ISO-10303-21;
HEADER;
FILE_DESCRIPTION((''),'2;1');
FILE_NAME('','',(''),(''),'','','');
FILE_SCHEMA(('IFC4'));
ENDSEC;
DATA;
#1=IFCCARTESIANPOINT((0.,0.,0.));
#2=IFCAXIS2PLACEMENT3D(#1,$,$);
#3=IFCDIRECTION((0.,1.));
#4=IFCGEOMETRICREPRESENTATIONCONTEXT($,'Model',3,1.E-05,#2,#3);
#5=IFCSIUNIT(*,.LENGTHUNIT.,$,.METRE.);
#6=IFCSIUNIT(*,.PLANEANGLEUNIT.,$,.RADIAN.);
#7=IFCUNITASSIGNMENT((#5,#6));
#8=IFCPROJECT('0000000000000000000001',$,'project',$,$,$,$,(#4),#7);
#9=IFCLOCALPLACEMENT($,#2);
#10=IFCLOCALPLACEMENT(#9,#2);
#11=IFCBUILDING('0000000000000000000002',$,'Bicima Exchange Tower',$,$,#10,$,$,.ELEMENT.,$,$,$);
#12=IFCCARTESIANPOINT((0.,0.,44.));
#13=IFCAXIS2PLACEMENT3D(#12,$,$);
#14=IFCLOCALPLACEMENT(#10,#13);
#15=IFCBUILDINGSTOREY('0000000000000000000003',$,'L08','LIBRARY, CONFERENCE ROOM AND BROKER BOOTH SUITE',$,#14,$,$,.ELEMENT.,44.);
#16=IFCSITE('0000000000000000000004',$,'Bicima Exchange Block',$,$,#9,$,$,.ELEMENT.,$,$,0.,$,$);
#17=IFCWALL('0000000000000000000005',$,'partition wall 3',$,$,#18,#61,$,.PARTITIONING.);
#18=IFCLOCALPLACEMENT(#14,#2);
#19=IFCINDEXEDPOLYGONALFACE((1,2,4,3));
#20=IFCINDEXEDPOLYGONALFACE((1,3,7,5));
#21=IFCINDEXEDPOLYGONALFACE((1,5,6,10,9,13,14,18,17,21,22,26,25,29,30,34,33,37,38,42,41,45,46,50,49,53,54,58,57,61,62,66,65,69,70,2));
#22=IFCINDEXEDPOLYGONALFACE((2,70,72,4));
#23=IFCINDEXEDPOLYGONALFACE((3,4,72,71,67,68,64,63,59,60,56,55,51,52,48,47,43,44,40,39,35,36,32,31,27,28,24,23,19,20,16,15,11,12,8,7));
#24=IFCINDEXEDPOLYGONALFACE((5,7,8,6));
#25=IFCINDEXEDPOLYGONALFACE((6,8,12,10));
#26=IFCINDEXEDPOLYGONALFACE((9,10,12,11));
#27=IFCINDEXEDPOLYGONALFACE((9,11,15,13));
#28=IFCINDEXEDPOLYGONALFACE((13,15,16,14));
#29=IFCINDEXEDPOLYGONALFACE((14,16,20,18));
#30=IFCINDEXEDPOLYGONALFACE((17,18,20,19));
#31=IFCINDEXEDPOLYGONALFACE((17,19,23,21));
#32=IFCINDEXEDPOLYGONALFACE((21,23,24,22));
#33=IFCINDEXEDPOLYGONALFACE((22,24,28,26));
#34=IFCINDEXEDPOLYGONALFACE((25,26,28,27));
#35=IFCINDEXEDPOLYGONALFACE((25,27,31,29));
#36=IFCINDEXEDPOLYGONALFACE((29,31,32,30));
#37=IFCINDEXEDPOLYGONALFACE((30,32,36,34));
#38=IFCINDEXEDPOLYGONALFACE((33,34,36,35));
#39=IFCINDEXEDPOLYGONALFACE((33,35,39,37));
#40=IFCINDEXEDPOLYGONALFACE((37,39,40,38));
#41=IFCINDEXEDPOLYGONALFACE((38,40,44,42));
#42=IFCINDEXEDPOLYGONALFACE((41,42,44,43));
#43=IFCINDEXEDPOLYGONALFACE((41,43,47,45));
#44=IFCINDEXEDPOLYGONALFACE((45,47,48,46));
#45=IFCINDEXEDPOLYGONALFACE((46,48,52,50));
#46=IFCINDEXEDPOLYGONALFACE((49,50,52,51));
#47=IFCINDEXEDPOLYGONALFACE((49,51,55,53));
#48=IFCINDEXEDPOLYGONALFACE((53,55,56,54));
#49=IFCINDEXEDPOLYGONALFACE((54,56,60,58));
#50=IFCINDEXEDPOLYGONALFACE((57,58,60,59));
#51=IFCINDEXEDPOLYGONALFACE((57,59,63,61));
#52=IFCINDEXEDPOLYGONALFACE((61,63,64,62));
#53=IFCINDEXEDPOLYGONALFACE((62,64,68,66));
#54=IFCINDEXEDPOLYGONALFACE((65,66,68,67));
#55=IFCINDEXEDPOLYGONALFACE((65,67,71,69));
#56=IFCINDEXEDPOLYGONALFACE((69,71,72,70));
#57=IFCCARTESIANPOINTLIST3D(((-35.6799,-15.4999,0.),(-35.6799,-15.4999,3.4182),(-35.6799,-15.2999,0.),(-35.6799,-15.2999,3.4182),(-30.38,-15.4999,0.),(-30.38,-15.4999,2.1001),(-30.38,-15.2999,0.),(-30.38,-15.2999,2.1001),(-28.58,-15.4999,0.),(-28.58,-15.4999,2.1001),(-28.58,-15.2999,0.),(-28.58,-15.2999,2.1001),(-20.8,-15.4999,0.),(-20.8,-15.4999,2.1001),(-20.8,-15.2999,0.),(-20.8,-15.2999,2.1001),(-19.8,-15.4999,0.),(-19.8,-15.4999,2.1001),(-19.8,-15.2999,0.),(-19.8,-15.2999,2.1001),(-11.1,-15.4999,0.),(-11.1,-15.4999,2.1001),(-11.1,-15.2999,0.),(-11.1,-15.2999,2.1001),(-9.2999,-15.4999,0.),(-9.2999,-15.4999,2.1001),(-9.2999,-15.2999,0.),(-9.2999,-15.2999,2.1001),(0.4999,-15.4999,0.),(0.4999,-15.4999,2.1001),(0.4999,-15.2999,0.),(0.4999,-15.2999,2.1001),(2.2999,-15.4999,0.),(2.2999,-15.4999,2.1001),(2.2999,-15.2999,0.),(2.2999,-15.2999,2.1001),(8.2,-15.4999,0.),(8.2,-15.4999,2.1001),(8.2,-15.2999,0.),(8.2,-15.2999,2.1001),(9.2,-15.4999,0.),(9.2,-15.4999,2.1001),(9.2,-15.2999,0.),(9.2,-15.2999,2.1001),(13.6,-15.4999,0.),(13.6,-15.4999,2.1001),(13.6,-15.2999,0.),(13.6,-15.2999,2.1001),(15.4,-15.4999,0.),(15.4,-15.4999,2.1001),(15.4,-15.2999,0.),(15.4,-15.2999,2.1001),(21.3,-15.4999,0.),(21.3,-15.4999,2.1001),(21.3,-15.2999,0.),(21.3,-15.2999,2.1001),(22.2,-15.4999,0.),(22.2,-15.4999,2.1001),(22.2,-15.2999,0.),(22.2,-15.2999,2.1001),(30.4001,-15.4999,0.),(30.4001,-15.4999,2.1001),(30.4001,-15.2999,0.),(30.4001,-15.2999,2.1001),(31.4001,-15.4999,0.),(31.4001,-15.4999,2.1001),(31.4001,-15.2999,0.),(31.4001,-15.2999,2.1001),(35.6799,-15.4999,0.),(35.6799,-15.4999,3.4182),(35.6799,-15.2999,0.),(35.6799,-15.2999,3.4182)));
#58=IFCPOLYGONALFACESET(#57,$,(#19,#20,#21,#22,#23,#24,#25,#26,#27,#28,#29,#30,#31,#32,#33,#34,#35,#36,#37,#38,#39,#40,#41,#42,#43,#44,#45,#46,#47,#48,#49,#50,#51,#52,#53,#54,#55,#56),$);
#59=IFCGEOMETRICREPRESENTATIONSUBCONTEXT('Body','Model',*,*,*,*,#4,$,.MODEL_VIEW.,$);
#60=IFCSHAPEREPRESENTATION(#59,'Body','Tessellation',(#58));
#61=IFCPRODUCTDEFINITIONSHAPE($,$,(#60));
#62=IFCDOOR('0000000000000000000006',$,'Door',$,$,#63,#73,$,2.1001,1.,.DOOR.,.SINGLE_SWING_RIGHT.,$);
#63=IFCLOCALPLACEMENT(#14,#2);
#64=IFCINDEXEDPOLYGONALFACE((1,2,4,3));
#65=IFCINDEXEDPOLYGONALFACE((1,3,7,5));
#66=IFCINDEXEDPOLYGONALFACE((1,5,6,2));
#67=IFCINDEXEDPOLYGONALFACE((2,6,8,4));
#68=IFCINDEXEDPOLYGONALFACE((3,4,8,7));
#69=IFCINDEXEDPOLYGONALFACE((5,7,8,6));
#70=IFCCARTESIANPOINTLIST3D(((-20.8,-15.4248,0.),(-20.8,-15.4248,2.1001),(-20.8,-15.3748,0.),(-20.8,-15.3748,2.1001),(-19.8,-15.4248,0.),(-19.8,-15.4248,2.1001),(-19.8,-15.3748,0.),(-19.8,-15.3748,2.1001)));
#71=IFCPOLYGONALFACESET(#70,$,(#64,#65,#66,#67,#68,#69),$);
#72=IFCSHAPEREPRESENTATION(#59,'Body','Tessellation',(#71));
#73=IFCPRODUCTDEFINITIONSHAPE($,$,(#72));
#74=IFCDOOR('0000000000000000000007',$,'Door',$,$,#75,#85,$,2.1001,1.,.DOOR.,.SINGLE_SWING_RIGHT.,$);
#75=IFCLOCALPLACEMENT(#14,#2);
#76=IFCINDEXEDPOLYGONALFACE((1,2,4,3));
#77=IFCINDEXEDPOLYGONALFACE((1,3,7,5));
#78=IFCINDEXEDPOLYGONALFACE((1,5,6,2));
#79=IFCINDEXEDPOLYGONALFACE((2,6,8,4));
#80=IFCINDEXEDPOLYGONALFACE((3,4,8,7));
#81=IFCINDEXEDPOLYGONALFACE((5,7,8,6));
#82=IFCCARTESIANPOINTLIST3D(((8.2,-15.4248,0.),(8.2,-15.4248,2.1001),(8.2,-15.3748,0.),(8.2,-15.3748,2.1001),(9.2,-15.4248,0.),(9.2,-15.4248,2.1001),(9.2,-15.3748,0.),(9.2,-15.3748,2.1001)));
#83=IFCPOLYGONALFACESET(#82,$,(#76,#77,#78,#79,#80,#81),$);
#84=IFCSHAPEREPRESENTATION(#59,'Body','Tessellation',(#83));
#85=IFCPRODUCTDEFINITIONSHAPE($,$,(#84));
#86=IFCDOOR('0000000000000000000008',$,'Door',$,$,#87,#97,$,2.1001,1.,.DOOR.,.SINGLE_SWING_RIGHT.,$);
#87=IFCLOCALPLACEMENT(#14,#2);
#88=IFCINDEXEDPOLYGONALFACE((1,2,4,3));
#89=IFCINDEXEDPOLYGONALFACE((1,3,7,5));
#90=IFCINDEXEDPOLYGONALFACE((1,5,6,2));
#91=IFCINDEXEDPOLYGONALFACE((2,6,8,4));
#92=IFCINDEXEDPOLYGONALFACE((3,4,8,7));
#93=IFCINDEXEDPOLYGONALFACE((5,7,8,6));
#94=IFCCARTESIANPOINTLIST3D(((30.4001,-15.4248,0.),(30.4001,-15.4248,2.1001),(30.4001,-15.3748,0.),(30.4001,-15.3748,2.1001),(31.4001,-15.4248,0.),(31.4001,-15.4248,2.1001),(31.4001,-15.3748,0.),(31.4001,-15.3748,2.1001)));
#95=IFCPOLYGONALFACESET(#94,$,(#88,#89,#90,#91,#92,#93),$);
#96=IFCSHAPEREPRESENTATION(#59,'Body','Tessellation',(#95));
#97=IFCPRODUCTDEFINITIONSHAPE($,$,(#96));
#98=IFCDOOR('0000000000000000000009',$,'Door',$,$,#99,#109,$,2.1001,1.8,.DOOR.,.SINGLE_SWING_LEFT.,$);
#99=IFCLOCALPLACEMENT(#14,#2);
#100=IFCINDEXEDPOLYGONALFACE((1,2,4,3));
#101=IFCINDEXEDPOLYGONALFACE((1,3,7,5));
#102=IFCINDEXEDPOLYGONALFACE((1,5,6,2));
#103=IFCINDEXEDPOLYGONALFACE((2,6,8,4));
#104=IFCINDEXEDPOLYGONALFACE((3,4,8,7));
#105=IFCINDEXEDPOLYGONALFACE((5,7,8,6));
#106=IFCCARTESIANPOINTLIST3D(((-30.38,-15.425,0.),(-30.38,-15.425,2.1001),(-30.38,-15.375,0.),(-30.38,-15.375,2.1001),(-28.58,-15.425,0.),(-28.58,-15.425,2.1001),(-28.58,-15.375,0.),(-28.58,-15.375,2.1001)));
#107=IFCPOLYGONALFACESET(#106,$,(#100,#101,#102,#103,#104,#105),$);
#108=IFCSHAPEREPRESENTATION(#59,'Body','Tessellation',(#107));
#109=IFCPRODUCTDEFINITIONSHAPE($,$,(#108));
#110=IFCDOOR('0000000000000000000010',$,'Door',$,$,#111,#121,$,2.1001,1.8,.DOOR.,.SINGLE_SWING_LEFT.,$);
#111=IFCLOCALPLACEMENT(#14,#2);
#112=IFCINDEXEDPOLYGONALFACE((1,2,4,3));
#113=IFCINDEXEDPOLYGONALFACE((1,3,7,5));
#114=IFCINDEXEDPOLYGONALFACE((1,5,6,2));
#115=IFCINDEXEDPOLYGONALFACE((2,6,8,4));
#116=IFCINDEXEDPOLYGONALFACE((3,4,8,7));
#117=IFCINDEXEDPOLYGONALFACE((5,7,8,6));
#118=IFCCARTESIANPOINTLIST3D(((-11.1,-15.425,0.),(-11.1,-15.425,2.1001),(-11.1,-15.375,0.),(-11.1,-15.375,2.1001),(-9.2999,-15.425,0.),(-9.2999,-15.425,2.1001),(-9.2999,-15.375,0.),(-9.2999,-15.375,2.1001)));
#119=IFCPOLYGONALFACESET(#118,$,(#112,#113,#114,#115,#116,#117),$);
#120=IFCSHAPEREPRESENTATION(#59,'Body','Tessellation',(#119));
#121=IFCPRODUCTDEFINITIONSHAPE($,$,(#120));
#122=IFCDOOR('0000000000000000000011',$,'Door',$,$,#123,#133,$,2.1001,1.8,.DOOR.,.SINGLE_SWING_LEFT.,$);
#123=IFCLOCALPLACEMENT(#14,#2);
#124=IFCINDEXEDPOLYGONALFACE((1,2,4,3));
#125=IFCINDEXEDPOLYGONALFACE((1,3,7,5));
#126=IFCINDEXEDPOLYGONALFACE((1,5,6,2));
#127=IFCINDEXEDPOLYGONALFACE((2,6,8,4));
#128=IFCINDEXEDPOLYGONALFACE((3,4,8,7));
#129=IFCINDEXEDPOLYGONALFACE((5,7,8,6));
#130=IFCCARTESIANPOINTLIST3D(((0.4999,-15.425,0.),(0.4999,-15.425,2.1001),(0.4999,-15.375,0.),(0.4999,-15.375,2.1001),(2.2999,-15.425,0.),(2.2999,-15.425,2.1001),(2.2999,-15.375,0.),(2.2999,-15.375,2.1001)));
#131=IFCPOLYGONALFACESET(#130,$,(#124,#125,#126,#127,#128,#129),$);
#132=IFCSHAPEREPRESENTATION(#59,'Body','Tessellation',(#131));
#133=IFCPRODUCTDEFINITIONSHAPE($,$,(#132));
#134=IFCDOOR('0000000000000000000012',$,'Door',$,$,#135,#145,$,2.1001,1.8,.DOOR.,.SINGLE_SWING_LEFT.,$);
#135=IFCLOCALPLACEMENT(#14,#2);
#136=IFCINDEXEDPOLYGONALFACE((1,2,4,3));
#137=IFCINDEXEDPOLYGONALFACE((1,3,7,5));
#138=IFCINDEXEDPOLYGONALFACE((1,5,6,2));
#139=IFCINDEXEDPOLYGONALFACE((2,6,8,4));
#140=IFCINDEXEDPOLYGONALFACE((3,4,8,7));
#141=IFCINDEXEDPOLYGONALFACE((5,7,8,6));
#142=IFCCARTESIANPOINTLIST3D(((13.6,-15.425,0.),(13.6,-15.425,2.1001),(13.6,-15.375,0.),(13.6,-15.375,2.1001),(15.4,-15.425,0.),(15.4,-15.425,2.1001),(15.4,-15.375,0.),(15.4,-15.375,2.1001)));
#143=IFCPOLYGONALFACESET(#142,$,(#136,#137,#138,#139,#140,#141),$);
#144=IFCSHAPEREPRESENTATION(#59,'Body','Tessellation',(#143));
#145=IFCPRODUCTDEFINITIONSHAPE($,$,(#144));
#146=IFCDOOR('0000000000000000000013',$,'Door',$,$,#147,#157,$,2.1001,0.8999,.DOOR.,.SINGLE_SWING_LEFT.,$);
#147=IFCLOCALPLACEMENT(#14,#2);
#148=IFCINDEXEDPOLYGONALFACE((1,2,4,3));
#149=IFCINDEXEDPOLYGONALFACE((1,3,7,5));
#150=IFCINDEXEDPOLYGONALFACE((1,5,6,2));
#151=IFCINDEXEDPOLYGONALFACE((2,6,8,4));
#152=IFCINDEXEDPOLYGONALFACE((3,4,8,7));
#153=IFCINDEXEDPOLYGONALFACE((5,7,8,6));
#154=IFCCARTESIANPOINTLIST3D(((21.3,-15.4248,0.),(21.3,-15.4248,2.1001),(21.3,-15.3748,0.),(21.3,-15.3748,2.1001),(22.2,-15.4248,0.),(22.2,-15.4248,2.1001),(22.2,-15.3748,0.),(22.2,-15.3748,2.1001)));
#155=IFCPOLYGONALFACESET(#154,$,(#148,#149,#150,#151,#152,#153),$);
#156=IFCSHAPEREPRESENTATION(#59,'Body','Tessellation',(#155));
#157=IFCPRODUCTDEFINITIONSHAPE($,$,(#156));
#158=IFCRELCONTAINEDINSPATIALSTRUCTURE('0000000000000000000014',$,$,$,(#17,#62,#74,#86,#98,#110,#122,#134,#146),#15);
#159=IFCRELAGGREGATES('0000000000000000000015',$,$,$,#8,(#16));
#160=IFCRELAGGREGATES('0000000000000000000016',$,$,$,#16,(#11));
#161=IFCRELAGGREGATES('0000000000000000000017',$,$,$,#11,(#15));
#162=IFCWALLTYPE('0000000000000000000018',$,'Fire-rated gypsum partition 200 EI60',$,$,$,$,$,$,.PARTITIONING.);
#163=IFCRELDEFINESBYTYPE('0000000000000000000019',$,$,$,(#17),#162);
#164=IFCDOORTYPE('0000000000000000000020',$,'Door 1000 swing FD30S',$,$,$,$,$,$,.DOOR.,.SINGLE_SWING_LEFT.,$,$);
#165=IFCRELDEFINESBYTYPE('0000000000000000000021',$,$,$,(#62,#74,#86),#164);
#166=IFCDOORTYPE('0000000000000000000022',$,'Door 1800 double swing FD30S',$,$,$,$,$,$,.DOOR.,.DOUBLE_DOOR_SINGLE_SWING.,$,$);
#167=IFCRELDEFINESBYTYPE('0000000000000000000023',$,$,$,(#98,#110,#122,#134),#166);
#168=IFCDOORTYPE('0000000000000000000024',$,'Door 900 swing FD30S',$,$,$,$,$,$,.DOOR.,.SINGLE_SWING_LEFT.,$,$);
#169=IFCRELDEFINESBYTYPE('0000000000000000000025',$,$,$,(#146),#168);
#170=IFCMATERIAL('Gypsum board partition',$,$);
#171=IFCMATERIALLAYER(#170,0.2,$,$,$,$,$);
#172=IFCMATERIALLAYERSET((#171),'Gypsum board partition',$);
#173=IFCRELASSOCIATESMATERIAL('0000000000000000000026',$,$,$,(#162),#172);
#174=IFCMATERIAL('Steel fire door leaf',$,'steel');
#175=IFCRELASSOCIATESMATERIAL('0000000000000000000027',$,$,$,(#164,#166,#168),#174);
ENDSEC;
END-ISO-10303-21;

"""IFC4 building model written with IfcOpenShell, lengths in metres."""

from ifc_helpers import new_model, si_unit, direction, frame, frame_2d, origin, place, context, subcontext, project, spatial, rectangle, extrude, material, layer, layer_set, type_object, element, fill, save


model = new_model("IFC4")

# Units and contexts
model_context = context("Model", 3, precision=1e-05, world=origin(), true_north=direction((0.0, 1.0)))
body_context = subcontext(model_context, "Body", "Model", "MODEL_VIEW")
ifc_project = project(units=[si_unit("LENGTHUNIT", "METRE"), si_unit("PLANEANGLEUNIT", "RADIAN")], contexts=[model_context])

# Site, building, storey
site_placement = place(None, origin())
site = spatial("IfcSite", under=ifc_project, at=site_placement, Name="Bicima Exchange Block", CompositionType="ELEMENT", RefElevation=0.0)
building_placement = place(site_placement, origin())
building = spatial("IfcBuilding", under=site, at=building_placement, Name="Bicima Exchange Tower", CompositionType="ELEMENT")
storey_placement = place(building_placement, frame((0.0, 0.0, 44.0)))
storey = spatial("IfcBuildingStorey", under=building, at=storey_placement, Name="L08", Description="LIBRARY, CONFERENCE ROOM AND BROKER BOOTH SUITE", CompositionType="ELEMENT", Elevation=44.0)

# Wall, openings, doors
ifc_material_1 = material(Name="Gypsum board partition")
ifc_layer_1 = layer(ifc_material_1, 0.2)
ifc_layer_set_1 = layer_set([ifc_layer_1], Name="Gypsum board partition")
wall_type_1 = type_object("IfcWallType", Name="Fire-rated gypsum partition 200 EI60", PredefinedType="PARTITIONING", material=ifc_layer_set_1)
wall_1_placement = place(storey_placement, frame((-35.6799, -15.3999, 0.0), z_axis=(0.0, 0.0, 1.0), x_axis=(1.0, 0.0, 0.0)))
wall_1 = element("IfcWall", 1, at=wall_1_placement, inside=storey, type_object=wall_type_1, Name="partition wall 3", PredefinedType="PARTITIONING", context=body_context, shape_type="SweptSolid", body=[
    extrude(rectangle(XDim=71.3599, YDim=0.2, at=frame_2d((35.6799, 0.0))), origin(), (0.0, 0.0, 1.0), 3.4182),
])
opening_1_placement = place(wall_1_placement, frame((5.3, 0.0, 0.0)))
opening_1 = element("IfcOpeningElement", 2, at=opening_1_placement, cuts=wall_1, PredefinedType="OPENING", context=body_context, shape_type="SweptSolid", body=[
    extrude(rectangle(XDim=1.8, YDim=2.1001, at=frame_2d((0.8999, 1.05))), frame((0.0, 0.1118, 0.0), z_axis=(0.0, -1.0, 0.0), x_axis=(1.0, 0.0, 0.0)), (0.0, 0.0, 1.0), 0.2239),
])
opening_2_placement = place(wall_1_placement, frame((14.8799, 0.0, 0.0)))
opening_2 = element("IfcOpeningElement", 3, at=opening_2_placement, cuts=wall_1, PredefinedType="OPENING", context=body_context, shape_type="SweptSolid", body=[
    extrude(rectangle(XDim=1.0, YDim=2.1001, at=frame_2d((0.5, 1.05))), frame((0.0, 0.1118, 0.0), z_axis=(0.0, -1.0, 0.0), x_axis=(1.0, 0.0, 0.0)), (0.0, 0.0, 1.0), 0.2239),
])
opening_3_placement = place(wall_1_placement, frame((24.5801, 0.0, 0.0)))
opening_3 = element("IfcOpeningElement", 4, at=opening_3_placement, cuts=wall_1, PredefinedType="OPENING", context=body_context, shape_type="SweptSolid", body=[
    extrude(rectangle(XDim=1.8, YDim=2.1001, at=frame_2d((0.8999, 1.05))), frame((0.0, 0.1118, 0.0), z_axis=(0.0, -1.0, 0.0), x_axis=(1.0, 0.0, 0.0)), (0.0, 0.0, 1.0), 0.2239),
])
opening_4_placement = place(wall_1_placement, frame((36.1799, 0.0, 0.0)))
opening_4 = element("IfcOpeningElement", 5, at=opening_4_placement, cuts=wall_1, PredefinedType="OPENING", context=body_context, shape_type="SweptSolid", body=[
    extrude(rectangle(XDim=1.8, YDim=2.1001, at=frame_2d((0.8999, 1.05))), frame((0.0, 0.1118, 0.0), z_axis=(0.0, -1.0, 0.0), x_axis=(1.0, 0.0, 0.0)), (0.0, 0.0, 1.0), 0.2239),
])
opening_5_placement = place(wall_1_placement, frame((43.8799, 0.0, 0.0)))
opening_5 = element("IfcOpeningElement", 6, at=opening_5_placement, cuts=wall_1, PredefinedType="OPENING", context=body_context, shape_type="SweptSolid", body=[
    extrude(rectangle(XDim=1.0, YDim=2.1001, at=frame_2d((0.5, 1.05))), frame((0.0, 0.1118, 0.0), z_axis=(0.0, -1.0, 0.0), x_axis=(1.0, 0.0, 0.0)), (0.0, 0.0, 1.0), 0.2239),
])
opening_6_placement = place(wall_1_placement, frame((49.28, 0.0, 0.0)))
opening_6 = element("IfcOpeningElement", 7, at=opening_6_placement, cuts=wall_1, PredefinedType="OPENING", context=body_context, shape_type="SweptSolid", body=[
    extrude(rectangle(XDim=1.8, YDim=2.1001, at=frame_2d((0.8999, 1.05))), frame((0.0, 0.1118, 0.0), z_axis=(0.0, -1.0, 0.0), x_axis=(1.0, 0.0, 0.0)), (0.0, 0.0, 1.0), 0.2239),
])
opening_7_placement = place(wall_1_placement, frame((56.98, 0.0, 0.0)))
opening_7 = element("IfcOpeningElement", 8, at=opening_7_placement, cuts=wall_1, PredefinedType="OPENING", context=body_context, shape_type="SweptSolid", body=[
    extrude(rectangle(XDim=0.8999, YDim=2.1001, at=frame_2d((0.45, 1.05))), frame((0.0, 0.1118, 0.0), z_axis=(0.0, -1.0, 0.0), x_axis=(1.0, 0.0, 0.0)), (0.0, 0.0, 1.0), 0.2239),
])
opening_8_placement = place(wall_1_placement, frame((66.0801, 0.0, 0.0)))
opening_8 = element("IfcOpeningElement", 9, at=opening_8_placement, cuts=wall_1, PredefinedType="OPENING", context=body_context, shape_type="SweptSolid", body=[
    extrude(rectangle(XDim=1.0, YDim=2.1001, at=frame_2d((0.5, 1.05))), frame((0.0, 0.1118, 0.0), z_axis=(0.0, -1.0, 0.0), x_axis=(1.0, 0.0, 0.0)), (0.0, 0.0, 1.0), 0.2239),
])
ifc_material_2 = material(Name="Steel fire door leaf", Category="steel")
door_type_1 = type_object("IfcDoorType", Name="Door 1000 swing FD30S", OperationType="SINGLE_SWING_LEFT", PredefinedType="DOOR", material=ifc_material_2)
door_1_placement = place(opening_2_placement, frame((1.0, 0.0, 0.0), z_axis=(0.0, 0.0, 1.0), x_axis=(-1.0, 0.0, 0.0)))
door_1 = element("IfcDoor", 10, at=door_1_placement, inside=storey, type_object=door_type_1, Name="Door", OperationType="SINGLE_SWING_RIGHT", OverallHeight=2.1001, OverallWidth=1.0, PredefinedType="DOOR", context=body_context, shape_type="SweptSolid", body=[
    extrude(rectangle(XDim=1.0, YDim=2.1001, at=frame_2d((0.5, 1.05))), frame((0.0, 0.0249, 0.0), z_axis=(0.0, -1.0, 0.0), x_axis=(1.0, 0.0, 0.0)), (0.0, 0.0, 1.0), 0.05),
])
fill(opening_2, door_1)
door_2_placement = place(opening_5_placement, frame((1.0, 0.0, 0.0), z_axis=(0.0, 0.0, 1.0), x_axis=(-1.0, 0.0, 0.0)))
door_2 = element("IfcDoor", 11, at=door_2_placement, inside=storey, type_object=door_type_1, Name="Door", OperationType="SINGLE_SWING_RIGHT", OverallHeight=2.1001, OverallWidth=1.0, PredefinedType="DOOR", context=body_context, shape_type="SweptSolid", body=[
    extrude(rectangle(XDim=1.0, YDim=2.1001, at=frame_2d((0.5, 1.05))), frame((0.0, 0.0249, 0.0), z_axis=(0.0, -1.0, 0.0), x_axis=(1.0, 0.0, 0.0)), (0.0, 0.0, 1.0), 0.05),
])
fill(opening_5, door_2)
door_3_placement = place(opening_8_placement, frame((1.0, 0.0, 0.0), z_axis=(0.0, 0.0, 1.0), x_axis=(-1.0, 0.0, 0.0)))
door_3 = element("IfcDoor", 12, at=door_3_placement, inside=storey, type_object=door_type_1, Name="Door", OperationType="SINGLE_SWING_RIGHT", OverallHeight=2.1001, OverallWidth=1.0, PredefinedType="DOOR", context=body_context, shape_type="SweptSolid", body=[
    extrude(rectangle(XDim=1.0, YDim=2.1001, at=frame_2d((0.5, 1.05))), frame((0.0, 0.0249, 0.0), z_axis=(0.0, -1.0, 0.0), x_axis=(1.0, 0.0, 0.0)), (0.0, 0.0, 1.0), 0.05),
])
fill(opening_8, door_3)
door_type_2 = type_object("IfcDoorType", Name="Door 1800 double swing FD30S", OperationType="DOUBLE_DOOR_SINGLE_SWING", PredefinedType="DOOR", material=ifc_material_2)
door_4_placement = place(opening_1_placement, origin())
door_4 = element("IfcDoor", 13, at=door_4_placement, inside=storey, type_object=door_type_2, Name="Door", OperationType="SINGLE_SWING_LEFT", OverallHeight=2.1001, OverallWidth=1.8, PredefinedType="DOOR", context=body_context, shape_type="SweptSolid", body=[
    extrude(rectangle(XDim=1.8, YDim=2.1001, at=frame_2d((0.8999, 1.05))), frame((0.0, 0.0249, 0.0), z_axis=(0.0, -1.0, 0.0), x_axis=(1.0, 0.0, 0.0)), (0.0, 0.0, 1.0), 0.05),
])
fill(opening_1, door_4)
door_5_placement = place(opening_3_placement, origin())
door_5 = element("IfcDoor", 14, at=door_5_placement, inside=storey, type_object=door_type_2, Name="Door", OperationType="SINGLE_SWING_LEFT", OverallHeight=2.1001, OverallWidth=1.8, PredefinedType="DOOR", context=body_context, shape_type="SweptSolid", body=[
    extrude(rectangle(XDim=1.8, YDim=2.1001, at=frame_2d((0.8999, 1.05))), frame((0.0, 0.0249, 0.0), z_axis=(0.0, -1.0, 0.0), x_axis=(1.0, 0.0, 0.0)), (0.0, 0.0, 1.0), 0.05),
])
fill(opening_3, door_5)
door_6_placement = place(opening_4_placement, origin())
door_6 = element("IfcDoor", 15, at=door_6_placement, inside=storey, type_object=door_type_2, Name="Door", OperationType="SINGLE_SWING_LEFT", OverallHeight=2.1001, OverallWidth=1.8, PredefinedType="DOOR", context=body_context, shape_type="SweptSolid", body=[
    extrude(rectangle(XDim=1.8, YDim=2.1001, at=frame_2d((0.8999, 1.05))), frame((0.0, 0.0249, 0.0), z_axis=(0.0, -1.0, 0.0), x_axis=(1.0, 0.0, 0.0)), (0.0, 0.0, 1.0), 0.05),
])
fill(opening_4, door_6)
door_7_placement = place(opening_6_placement, origin())
door_7 = element("IfcDoor", 16, at=door_7_placement, inside=storey, type_object=door_type_2, Name="Door", OperationType="SINGLE_SWING_LEFT", OverallHeight=2.1001, OverallWidth=1.8, PredefinedType="DOOR", context=body_context, shape_type="SweptSolid", body=[
    extrude(rectangle(XDim=1.8, YDim=2.1001, at=frame_2d((0.8999, 1.05))), frame((0.0, 0.0249, 0.0), z_axis=(0.0, -1.0, 0.0), x_axis=(1.0, 0.0, 0.0)), (0.0, 0.0, 1.0), 0.05),
])
fill(opening_6, door_7)
door_type_3 = type_object("IfcDoorType", Name="Door 900 swing FD30S", OperationType="SINGLE_SWING_LEFT", PredefinedType="DOOR", material=ifc_material_2)
door_8_placement = place(opening_7_placement, frame((0.8999, 0.0, 0.0), z_axis=(0.0, 0.0, 1.0), x_axis=(-1.0, 0.0, 0.0)))
door_8 = element("IfcDoor", 17, at=door_8_placement, inside=storey, type_object=door_type_3, Name="Door", OperationType="SINGLE_SWING_LEFT", OverallHeight=2.1001, OverallWidth=0.8999, PredefinedType="DOOR", context=body_context, shape_type="SweptSolid", body=[
    extrude(rectangle(XDim=0.8999, YDim=2.1001, at=frame_2d((0.45, 1.05))), frame((0.0, 0.0249, 0.0), z_axis=(0.0, -1.0, 0.0), x_axis=(1.0, 0.0, 0.0)), (0.0, 0.0, 1.0), 0.05),
])
fill(opening_7, door_8)

save(model, "model.ifc")
